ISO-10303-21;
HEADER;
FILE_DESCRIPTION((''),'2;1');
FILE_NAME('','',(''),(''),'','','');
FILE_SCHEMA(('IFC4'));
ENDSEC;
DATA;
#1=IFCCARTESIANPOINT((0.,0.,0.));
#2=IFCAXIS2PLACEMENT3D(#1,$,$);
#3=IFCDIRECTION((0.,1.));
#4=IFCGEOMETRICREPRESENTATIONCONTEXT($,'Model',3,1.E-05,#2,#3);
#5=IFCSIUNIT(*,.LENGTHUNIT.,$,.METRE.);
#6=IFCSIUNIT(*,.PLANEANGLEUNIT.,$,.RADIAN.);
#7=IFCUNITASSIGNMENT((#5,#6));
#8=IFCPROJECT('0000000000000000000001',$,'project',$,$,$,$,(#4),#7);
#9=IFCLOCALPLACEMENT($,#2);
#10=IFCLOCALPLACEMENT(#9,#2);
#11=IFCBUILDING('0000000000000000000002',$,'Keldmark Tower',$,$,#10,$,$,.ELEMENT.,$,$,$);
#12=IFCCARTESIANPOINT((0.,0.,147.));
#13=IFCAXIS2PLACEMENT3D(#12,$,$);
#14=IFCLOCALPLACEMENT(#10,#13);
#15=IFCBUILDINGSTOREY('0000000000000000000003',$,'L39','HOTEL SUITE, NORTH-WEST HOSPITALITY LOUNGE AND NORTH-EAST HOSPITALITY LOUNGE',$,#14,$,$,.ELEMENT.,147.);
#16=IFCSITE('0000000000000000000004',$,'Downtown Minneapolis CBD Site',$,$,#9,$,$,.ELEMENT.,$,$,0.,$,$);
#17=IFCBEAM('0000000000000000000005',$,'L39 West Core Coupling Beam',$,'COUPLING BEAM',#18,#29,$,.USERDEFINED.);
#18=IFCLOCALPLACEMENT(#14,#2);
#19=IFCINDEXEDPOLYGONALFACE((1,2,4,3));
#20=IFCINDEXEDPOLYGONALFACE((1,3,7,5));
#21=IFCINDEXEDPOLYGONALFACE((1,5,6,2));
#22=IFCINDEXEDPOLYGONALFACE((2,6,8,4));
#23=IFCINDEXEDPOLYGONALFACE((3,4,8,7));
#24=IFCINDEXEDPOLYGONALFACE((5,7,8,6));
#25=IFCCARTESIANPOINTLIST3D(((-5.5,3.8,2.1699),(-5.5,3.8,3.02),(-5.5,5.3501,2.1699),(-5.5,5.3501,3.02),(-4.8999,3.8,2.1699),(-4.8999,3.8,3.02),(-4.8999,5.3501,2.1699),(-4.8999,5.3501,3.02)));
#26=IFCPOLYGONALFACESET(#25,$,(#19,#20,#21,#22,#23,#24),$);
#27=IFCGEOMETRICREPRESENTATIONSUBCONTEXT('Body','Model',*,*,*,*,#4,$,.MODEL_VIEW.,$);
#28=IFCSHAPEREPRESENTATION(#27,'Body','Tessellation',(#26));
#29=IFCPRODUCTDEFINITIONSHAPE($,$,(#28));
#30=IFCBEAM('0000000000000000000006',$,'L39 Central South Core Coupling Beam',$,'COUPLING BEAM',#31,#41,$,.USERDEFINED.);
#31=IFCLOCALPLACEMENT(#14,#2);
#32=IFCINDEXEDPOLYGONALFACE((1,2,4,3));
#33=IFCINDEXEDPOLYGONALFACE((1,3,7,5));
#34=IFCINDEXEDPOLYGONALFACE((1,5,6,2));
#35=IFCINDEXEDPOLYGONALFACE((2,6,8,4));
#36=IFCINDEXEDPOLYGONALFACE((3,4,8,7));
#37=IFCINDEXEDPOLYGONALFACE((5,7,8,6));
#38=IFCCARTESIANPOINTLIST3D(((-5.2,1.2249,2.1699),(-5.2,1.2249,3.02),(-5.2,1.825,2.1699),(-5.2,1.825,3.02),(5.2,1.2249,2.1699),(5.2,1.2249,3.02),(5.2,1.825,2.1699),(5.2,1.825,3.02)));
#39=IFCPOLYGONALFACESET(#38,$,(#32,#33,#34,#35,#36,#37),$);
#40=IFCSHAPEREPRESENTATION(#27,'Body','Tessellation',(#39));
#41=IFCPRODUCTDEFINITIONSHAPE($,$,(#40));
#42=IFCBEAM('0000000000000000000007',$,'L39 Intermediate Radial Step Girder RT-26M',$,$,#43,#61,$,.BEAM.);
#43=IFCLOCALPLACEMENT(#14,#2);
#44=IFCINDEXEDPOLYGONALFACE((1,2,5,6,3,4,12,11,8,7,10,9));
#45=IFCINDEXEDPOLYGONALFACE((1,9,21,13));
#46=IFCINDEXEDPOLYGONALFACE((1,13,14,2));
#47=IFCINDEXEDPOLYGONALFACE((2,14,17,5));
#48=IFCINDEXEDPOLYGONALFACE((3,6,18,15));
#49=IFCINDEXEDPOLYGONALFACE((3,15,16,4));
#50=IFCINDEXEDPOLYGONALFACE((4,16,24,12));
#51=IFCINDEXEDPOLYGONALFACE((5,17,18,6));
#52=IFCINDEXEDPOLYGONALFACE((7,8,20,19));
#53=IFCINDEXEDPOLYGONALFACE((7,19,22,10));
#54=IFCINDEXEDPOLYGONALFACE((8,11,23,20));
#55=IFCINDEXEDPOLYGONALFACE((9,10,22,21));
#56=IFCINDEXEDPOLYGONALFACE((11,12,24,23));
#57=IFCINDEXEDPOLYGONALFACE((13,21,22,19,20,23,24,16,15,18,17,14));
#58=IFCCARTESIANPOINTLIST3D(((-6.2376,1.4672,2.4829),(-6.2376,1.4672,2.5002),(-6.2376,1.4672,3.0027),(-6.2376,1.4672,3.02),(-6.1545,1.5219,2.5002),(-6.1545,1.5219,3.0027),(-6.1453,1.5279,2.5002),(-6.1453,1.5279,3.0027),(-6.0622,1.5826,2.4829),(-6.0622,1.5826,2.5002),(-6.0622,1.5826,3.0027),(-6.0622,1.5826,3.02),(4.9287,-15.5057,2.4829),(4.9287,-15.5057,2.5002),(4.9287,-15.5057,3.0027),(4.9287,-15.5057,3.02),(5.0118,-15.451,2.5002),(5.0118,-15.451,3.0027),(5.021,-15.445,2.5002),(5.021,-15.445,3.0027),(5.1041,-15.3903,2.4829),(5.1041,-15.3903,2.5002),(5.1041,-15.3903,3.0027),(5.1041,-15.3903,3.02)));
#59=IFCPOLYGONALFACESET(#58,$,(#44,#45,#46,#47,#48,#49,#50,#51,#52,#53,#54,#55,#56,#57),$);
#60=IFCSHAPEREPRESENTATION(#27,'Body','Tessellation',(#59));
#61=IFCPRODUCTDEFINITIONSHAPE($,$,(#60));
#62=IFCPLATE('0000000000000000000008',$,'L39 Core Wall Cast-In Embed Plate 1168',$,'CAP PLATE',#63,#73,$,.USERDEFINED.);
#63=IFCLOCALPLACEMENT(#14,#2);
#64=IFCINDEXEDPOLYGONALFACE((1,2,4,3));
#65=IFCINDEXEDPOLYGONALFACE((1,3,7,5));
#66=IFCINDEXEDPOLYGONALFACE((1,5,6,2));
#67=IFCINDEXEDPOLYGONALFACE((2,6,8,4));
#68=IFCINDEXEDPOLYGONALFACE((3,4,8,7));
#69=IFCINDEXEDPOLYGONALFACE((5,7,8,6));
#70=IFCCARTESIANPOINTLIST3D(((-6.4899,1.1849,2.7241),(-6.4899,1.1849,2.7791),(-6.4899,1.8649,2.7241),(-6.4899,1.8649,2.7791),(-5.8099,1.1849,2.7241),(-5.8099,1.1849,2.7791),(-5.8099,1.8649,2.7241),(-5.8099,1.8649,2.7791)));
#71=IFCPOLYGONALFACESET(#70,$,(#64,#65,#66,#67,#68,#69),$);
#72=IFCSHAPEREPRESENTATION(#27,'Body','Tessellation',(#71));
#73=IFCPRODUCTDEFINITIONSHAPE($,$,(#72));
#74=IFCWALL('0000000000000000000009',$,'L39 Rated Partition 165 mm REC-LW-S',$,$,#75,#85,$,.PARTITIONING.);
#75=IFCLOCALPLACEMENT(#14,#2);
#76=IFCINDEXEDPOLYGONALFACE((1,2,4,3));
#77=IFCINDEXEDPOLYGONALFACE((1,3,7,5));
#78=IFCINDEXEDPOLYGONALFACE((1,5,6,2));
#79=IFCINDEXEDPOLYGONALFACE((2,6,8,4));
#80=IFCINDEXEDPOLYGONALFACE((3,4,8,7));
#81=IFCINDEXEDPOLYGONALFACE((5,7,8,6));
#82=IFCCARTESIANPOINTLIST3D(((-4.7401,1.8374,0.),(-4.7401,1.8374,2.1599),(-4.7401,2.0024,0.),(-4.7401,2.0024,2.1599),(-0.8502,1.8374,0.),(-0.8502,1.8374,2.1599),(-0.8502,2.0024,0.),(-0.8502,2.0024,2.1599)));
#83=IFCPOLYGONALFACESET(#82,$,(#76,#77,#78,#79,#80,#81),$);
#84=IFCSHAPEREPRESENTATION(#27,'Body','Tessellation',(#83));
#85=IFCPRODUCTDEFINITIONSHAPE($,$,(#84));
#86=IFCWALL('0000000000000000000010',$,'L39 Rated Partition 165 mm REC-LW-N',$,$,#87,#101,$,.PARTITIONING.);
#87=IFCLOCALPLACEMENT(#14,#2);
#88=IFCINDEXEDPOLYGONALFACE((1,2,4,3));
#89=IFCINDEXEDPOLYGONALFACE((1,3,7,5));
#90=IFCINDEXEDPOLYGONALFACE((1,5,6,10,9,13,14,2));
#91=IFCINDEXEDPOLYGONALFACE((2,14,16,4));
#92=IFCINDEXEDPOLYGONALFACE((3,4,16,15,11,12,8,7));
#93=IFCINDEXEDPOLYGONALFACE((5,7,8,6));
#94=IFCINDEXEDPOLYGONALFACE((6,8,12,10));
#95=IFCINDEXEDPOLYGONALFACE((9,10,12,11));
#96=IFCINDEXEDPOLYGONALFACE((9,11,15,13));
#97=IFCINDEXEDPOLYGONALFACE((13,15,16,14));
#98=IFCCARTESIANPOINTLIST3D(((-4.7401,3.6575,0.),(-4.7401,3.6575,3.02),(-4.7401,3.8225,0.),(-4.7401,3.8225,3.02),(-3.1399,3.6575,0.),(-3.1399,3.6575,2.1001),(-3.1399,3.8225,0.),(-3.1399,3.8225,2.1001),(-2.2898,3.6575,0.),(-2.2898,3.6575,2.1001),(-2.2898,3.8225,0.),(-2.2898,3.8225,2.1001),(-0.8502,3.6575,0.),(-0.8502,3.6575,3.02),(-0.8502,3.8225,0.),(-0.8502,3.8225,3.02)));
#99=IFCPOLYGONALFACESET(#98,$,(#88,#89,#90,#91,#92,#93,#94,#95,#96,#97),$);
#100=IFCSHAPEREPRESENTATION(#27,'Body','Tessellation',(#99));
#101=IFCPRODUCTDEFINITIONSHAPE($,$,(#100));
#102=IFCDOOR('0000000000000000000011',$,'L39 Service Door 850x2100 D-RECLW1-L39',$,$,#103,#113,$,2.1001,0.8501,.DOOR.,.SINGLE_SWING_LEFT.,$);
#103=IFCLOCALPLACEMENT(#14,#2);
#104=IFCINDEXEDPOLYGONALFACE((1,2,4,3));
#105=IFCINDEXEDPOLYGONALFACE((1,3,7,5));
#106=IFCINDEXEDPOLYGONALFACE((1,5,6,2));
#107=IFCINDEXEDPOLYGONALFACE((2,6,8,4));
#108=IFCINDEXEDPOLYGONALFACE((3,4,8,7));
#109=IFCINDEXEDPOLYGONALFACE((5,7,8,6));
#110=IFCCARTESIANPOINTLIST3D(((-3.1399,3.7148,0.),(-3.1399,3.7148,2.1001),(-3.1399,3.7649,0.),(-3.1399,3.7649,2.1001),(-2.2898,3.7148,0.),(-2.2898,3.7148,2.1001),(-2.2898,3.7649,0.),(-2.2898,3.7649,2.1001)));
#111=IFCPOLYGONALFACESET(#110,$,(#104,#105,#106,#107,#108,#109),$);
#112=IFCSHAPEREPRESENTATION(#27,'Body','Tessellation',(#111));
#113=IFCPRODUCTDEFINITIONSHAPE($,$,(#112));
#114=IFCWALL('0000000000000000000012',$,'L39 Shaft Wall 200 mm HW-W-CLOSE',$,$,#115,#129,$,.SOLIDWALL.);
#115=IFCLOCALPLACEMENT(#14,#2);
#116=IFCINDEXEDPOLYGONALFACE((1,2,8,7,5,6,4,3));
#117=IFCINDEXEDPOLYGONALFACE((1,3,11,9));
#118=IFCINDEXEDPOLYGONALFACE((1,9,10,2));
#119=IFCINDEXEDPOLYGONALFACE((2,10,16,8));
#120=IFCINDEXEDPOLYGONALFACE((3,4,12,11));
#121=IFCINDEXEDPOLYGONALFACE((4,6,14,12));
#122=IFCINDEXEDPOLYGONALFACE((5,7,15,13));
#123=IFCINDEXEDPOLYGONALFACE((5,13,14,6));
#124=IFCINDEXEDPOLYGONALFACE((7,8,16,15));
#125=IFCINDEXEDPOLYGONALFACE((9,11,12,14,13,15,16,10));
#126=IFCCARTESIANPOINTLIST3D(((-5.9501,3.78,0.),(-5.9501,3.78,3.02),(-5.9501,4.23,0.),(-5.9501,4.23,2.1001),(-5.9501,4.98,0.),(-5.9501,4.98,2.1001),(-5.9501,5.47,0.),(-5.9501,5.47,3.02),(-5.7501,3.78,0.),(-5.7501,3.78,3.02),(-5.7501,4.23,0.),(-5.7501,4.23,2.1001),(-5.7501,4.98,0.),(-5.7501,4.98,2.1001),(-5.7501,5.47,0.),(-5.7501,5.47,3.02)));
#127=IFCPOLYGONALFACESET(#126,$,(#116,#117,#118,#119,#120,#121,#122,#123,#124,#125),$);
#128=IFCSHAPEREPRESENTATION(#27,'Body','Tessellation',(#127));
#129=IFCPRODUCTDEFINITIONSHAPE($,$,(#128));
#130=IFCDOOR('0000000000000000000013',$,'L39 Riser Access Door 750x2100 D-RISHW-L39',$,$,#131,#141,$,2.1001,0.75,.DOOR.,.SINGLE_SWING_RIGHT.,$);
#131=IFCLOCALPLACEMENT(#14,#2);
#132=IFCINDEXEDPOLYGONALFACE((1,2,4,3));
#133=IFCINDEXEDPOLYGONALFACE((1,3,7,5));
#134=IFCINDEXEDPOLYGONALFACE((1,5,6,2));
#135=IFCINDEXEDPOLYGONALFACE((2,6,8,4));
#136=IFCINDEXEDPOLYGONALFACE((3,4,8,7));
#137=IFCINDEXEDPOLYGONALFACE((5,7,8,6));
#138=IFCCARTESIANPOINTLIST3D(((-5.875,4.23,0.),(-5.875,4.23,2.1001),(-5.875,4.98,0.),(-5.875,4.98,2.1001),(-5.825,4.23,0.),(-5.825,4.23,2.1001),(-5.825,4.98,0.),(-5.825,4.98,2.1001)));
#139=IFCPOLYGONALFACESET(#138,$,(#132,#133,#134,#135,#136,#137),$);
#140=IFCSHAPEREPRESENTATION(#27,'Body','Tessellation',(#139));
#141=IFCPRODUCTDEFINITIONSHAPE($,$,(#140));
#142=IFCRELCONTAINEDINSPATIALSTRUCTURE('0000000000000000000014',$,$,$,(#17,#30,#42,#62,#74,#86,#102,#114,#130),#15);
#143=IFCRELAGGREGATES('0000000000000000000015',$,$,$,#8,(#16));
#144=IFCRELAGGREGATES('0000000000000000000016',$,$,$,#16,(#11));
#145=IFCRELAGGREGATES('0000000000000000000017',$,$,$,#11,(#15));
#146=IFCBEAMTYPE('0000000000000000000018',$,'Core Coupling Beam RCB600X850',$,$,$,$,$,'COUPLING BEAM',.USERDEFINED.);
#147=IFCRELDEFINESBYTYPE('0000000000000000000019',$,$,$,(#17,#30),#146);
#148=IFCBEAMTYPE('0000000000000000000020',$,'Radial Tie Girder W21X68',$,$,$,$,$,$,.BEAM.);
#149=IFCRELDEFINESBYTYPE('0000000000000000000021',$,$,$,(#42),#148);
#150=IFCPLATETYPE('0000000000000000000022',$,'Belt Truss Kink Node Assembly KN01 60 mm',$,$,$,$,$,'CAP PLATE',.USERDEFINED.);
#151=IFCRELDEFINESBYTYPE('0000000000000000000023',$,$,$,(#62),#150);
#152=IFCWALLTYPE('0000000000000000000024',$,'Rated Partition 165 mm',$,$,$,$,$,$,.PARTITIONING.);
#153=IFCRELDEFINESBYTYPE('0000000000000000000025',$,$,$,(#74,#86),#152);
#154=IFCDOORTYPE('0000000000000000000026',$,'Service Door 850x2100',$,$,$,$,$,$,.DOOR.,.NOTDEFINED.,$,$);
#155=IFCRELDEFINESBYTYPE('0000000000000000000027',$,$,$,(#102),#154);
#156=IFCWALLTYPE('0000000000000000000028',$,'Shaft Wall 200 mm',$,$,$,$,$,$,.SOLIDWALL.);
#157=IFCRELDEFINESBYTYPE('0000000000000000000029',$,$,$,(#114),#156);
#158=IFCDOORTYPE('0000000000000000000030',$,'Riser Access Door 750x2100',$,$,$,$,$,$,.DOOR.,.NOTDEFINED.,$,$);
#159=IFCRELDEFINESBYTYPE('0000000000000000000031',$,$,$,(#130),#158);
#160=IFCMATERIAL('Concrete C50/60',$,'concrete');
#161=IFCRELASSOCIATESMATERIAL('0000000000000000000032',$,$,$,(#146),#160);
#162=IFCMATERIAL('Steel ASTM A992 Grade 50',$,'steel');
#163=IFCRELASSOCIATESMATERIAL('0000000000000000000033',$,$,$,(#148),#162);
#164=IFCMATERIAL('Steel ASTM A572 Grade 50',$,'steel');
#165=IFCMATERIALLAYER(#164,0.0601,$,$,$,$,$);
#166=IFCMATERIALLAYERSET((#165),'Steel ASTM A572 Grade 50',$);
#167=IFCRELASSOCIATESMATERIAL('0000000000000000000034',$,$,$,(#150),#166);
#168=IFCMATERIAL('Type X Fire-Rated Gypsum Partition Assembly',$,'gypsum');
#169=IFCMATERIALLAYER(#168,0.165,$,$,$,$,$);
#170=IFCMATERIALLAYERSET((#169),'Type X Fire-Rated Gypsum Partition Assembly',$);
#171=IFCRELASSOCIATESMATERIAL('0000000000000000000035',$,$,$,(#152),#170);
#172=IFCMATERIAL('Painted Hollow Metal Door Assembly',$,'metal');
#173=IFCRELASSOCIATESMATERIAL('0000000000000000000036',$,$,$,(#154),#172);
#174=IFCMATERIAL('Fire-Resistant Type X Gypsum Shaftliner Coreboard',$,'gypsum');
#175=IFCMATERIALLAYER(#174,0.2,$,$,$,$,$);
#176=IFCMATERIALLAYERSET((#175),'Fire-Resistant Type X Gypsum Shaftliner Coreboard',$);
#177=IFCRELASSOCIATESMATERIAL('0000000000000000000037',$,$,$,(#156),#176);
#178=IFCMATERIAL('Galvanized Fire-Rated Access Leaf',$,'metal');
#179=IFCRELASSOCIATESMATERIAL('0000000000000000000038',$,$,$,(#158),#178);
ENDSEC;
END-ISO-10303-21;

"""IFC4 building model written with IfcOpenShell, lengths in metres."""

from ifc_helpers import new_model, si_unit, direction, frame, frame_2d, origin, origin_2d, place, context, subcontext, project, spatial, rectangle, i_section, extrude, material, layer, layer_set, material_profile, profile_set, type_object, element, fill, save


model = new_model("IFC4")

# Units and contexts
model_context = context("Model", 3, precision=1e-05, world=origin(), true_north=direction((0.0, 1.0)))
body_context = subcontext(model_context, "Body", "Model", "MODEL_VIEW")
ifc_project = project(units=[si_unit("LENGTHUNIT", "METRE"), si_unit("PLANEANGLEUNIT", "RADIAN")], contexts=[model_context])

# Site, building, storey
site_placement = place(None, origin())
site = spatial("IfcSite", under=ifc_project, at=site_placement, Name="Downtown Minneapolis CBD Site", CompositionType="ELEMENT", RefElevation=0.0)
building_placement = place(site_placement, origin())
building = spatial("IfcBuilding", under=site, at=building_placement, Name="Keldmark Tower", CompositionType="ELEMENT")
storey_placement = place(building_placement, frame((0.0, 0.0, 147.0)))
storey = spatial("IfcBuildingStorey", under=building, at=storey_placement, Name="L39", Description="HOTEL SUITE, NORTH-WEST HOSPITALITY LOUNGE AND NORTH-EAST HOSPITALITY LOUNGE", CompositionType="ELEMENT", Elevation=147.0)

# Beams
ifc_material_1 = material(Name="Concrete C50/60", Category="concrete")
ifc_material_profile_1 = material_profile(ifc_material_1, rectangle(XDim=0.6001, YDim=0.8501, at=origin_2d()), Name="RCB600X850")
ifc_profile_set_1 = profile_set([ifc_material_profile_1], Name="Concrete C50/60")
beam_type_1 = type_object("IfcBeamType", Name="Core Coupling Beam RCB600X850", ElementType="COUPLING BEAM", PredefinedType="USERDEFINED", material=ifc_profile_set_1)
beam_1_placement = place(storey_placement, frame((-5.2, 3.8, 2.595), z_axis=(0.0, 1.0, 0.0), x_axis=(-1.0, 0.0, 0.0)))
element("IfcBeam", 1, at=beam_1_placement, inside=storey, type_object=beam_type_1, Name="L39 West Core Coupling Beam", ObjectType="COUPLING BEAM", PredefinedType="USERDEFINED", context=body_context, shape_type="SweptSolid", body=[
    extrude(rectangle(XDim=0.6001, YDim=0.8501, at=origin_2d()), origin(), (0.0, 0.0, 1.0), 1.55),
])
beam_2_placement = place(storey_placement, frame((-5.2, 1.5249, 2.595), z_axis=(1.0, 0.0, 0.0), x_axis=(0.0, 1.0, 0.0)))
element("IfcBeam", 2, at=beam_2_placement, inside=storey, type_object=beam_type_1, Name="L39 Central South Core Coupling Beam", ObjectType="COUPLING BEAM", PredefinedType="USERDEFINED", context=body_context, shape_type="SweptSolid", body=[
    extrude(rectangle(XDim=0.6001, YDim=0.8501, at=origin_2d()), origin(), (0.0, 0.0, 1.0), 10.3999),
])
ifc_material_2 = material(Name="Steel ASTM A992 Grade 50", Category="steel")
ifc_material_profile_2 = material_profile(ifc_material_2, i_section(OverallWidth=0.21, OverallDepth=0.5371, WebThickness=0.011, FlangeThickness=0.0173, at=origin_2d()), Name="W21X68")
ifc_profile_set_2 = profile_set([ifc_material_profile_2], Name="Steel ASTM A992 Grade 50")
beam_type_2 = type_object("IfcBeamType", Name="Radial Tie Girder W21X68", PredefinedType="BEAM", material=ifc_profile_set_2)
beam_3_placement = place(storey_placement, frame((-6.1499, 1.5249, 2.7515), z_axis=(0.549612, -0.83542, 0.0), x_axis=(0.83542, 0.549612, 0.0)))
element("IfcBeam", 3, at=beam_3_placement, inside=storey, type_object=beam_type_2, Name="L39 Intermediate Radial Step Girder RT-26M", PredefinedType="BEAM", context=body_context, shape_type="SweptSolid", body=[
    extrude(i_section(OverallWidth=0.21, OverallDepth=0.5371, WebThickness=0.011, FlangeThickness=0.0173, at=origin_2d()), origin(), (0.0, 0.0, 1.0), 20.3167),
])

# Plate
ifc_material_3 = material(Name="Steel ASTM A572 Grade 50", Category="steel")
ifc_layer_1 = layer(ifc_material_3, 0.0601)
ifc_layer_set_1 = layer_set([ifc_layer_1], Name="Steel ASTM A572 Grade 50")
plate_type = type_object("IfcPlateType", Name="Belt Truss Kink Node Assembly KN01 60 mm", ElementType="CAP PLATE", PredefinedType="USERDEFINED", material=ifc_layer_set_1)
plate_placement = place(storey_placement, frame((-6.1499, 1.5249, 2.7241), z_axis=(0.0, 0.0, 1.0), x_axis=(1.0, 0.0, 0.0)))
element("IfcPlate", 4, at=plate_placement, inside=storey, type_object=plate_type, Name="L39 Core Wall Cast-In Embed Plate 1168", ObjectType="CAP PLATE", PredefinedType="USERDEFINED", context=body_context, shape_type="SweptSolid", body=[
    extrude(rectangle(XDim=0.6799, YDim=0.6799, at=origin_2d()), origin(), (0.0, 0.0, 1.0), 0.0549),
])

# Wall
ifc_material_4 = material(Name="Type X Fire-Rated Gypsum Partition Assembly", Category="gypsum")
ifc_layer_2 = layer(ifc_material_4, 0.165)
ifc_layer_set_2 = layer_set([ifc_layer_2], Name="Type X Fire-Rated Gypsum Partition Assembly")
wall_type_1 = type_object("IfcWallType", Name="Rated Partition 165 mm", PredefinedType="PARTITIONING", material=ifc_layer_set_2)
wall_1_placement = place(storey_placement, frame((-4.74, 1.9199, 0.0), z_axis=(0.0, 0.0, 1.0), x_axis=(1.0, 0.0, 0.0)))
element("IfcWall", 5, at=wall_1_placement, inside=storey, type_object=wall_type_1, Name="L39 Rated Partition 165 mm REC-LW-S", PredefinedType="PARTITIONING", context=body_context, shape_type="SweptSolid", body=[
    extrude(rectangle(XDim=3.8899, YDim=0.165, at=frame_2d((1.9448, 0.0))), origin(), (0.0, 0.0, 1.0), 2.1599),
])

# Walls, openings, doors
wall_2_placement = place(storey_placement, frame((-4.74, 3.74, 0.0), z_axis=(0.0, 0.0, 1.0), x_axis=(1.0, 0.0, 0.0)))
wall_2 = element("IfcWall", 6, at=wall_2_placement, inside=storey, type_object=wall_type_1, Name="L39 Rated Partition 165 mm REC-LW-N", PredefinedType="PARTITIONING", context=body_context, shape_type="SweptSolid", body=[
    extrude(rectangle(XDim=3.8899, YDim=0.165, at=frame_2d((1.9448, 0.0))), origin(), (0.0, 0.0, 1.0), 3.02),
])
opening_1_placement = place(wall_2_placement, frame((1.6001, 0.0, 0.0)))
opening_1 = element("IfcOpeningElement", 7, at=opening_1_placement, cuts=wall_2, PredefinedType="OPENING", context=body_context, shape_type="SweptSolid", body=[
    extrude(rectangle(XDim=0.8501, YDim=2.1001, at=frame_2d((0.425, 1.05))), frame((0.0, 0.0925, 0.0), z_axis=(0.0, -1.0, 0.0), x_axis=(1.0, 0.0, 0.0)), (0.0, 0.0, 1.0), 0.1851),
])
ifc_material_5 = material(Name="Painted Hollow Metal Door Assembly", Category="metal")
door_type_1 = type_object("IfcDoorType", Name="Service Door 850x2100", OperationType="NOTDEFINED", PredefinedType="DOOR", material=ifc_material_5)
door_1_placement = place(opening_1_placement, origin())
door_1 = element("IfcDoor", 8, at=door_1_placement, inside=storey, type_object=door_type_1, Name="L39 Service Door 850x2100 D-RECLW1-L39", OperationType="SINGLE_SWING_LEFT", OverallHeight=2.1001, OverallWidth=0.8501, PredefinedType="DOOR", context=body_context, shape_type="SweptSolid", body=[
    extrude(rectangle(XDim=0.8501, YDim=2.1001, at=frame_2d((0.425, 1.05))), frame((0.0, 0.0249, 0.0), z_axis=(0.0, -1.0, 0.0), x_axis=(1.0, 0.0, 0.0)), (0.0, 0.0, 1.0), 0.05),
])
fill(opening_1, door_1)
ifc_material_6 = material(Name="Fire-Resistant Type X Gypsum Shaftliner Coreboard", Category="gypsum")
ifc_layer_3 = layer(ifc_material_6, 0.2)
ifc_layer_set_3 = layer_set([ifc_layer_3], Name="Fire-Resistant Type X Gypsum Shaftliner Coreboard")
wall_type_2 = type_object("IfcWallType", Name="Shaft Wall 200 mm", PredefinedType="SOLIDWALL", material=ifc_layer_set_3)
wall_3_placement = place(storey_placement, frame((-5.8501, 3.78, 0.0), z_axis=(0.0, 0.0, 1.0), x_axis=(0.0, 1.0, 0.0)))
wall_3 = element("IfcWall", 9, at=wall_3_placement, inside=storey, type_object=wall_type_2, Name="L39 Shaft Wall 200 mm HW-W-CLOSE", PredefinedType="SOLIDWALL", context=body_context, shape_type="SweptSolid", body=[
    extrude(rectangle(XDim=1.6899, YDim=0.2, at=frame_2d((0.845, 0.0))), origin(), (0.0, 0.0, 1.0), 3.02),
])
opening_2_placement = place(wall_3_placement, frame((0.45, 0.0, 0.0)))
opening_2 = element("IfcOpeningElement", 10, at=opening_2_placement, cuts=wall_3, PredefinedType="OPENING", context=body_context, shape_type="SweptSolid", body=[
    extrude(rectangle(XDim=0.75, YDim=2.1001, at=frame_2d((0.375, 1.05))), frame((0.0, 0.1099, 0.0), z_axis=(0.0, -1.0, 0.0), x_axis=(1.0, 0.0, 0.0)), (0.0, 0.0, 1.0), 0.22),
])
ifc_material_7 = material(Name="Galvanized Fire-Rated Access Leaf", Category="metal")
door_type_2 = type_object("IfcDoorType", Name="Riser Access Door 750x2100", OperationType="NOTDEFINED", PredefinedType="DOOR", material=ifc_material_7)
door_2_placement = place(opening_2_placement, origin())
door_2 = element("IfcDoor", 11, at=door_2_placement, inside=storey, type_object=door_type_2, Name="L39 Riser Access Door 750x2100 D-RISHW-L39", OperationType="SINGLE_SWING_RIGHT", OverallHeight=2.1001, OverallWidth=0.75, PredefinedType="DOOR", context=body_context, shape_type="SweptSolid", body=[
    extrude(rectangle(XDim=0.75, YDim=2.1001, at=frame_2d((0.375, 1.05))), frame((0.0, 0.0249, 0.0), z_axis=(0.0, -1.0, 0.0), x_axis=(1.0, 0.0, 0.0)), (0.0, 0.0, 1.0), 0.05),
])
fill(opening_2, door_2)

save(model, "model.ifc")
